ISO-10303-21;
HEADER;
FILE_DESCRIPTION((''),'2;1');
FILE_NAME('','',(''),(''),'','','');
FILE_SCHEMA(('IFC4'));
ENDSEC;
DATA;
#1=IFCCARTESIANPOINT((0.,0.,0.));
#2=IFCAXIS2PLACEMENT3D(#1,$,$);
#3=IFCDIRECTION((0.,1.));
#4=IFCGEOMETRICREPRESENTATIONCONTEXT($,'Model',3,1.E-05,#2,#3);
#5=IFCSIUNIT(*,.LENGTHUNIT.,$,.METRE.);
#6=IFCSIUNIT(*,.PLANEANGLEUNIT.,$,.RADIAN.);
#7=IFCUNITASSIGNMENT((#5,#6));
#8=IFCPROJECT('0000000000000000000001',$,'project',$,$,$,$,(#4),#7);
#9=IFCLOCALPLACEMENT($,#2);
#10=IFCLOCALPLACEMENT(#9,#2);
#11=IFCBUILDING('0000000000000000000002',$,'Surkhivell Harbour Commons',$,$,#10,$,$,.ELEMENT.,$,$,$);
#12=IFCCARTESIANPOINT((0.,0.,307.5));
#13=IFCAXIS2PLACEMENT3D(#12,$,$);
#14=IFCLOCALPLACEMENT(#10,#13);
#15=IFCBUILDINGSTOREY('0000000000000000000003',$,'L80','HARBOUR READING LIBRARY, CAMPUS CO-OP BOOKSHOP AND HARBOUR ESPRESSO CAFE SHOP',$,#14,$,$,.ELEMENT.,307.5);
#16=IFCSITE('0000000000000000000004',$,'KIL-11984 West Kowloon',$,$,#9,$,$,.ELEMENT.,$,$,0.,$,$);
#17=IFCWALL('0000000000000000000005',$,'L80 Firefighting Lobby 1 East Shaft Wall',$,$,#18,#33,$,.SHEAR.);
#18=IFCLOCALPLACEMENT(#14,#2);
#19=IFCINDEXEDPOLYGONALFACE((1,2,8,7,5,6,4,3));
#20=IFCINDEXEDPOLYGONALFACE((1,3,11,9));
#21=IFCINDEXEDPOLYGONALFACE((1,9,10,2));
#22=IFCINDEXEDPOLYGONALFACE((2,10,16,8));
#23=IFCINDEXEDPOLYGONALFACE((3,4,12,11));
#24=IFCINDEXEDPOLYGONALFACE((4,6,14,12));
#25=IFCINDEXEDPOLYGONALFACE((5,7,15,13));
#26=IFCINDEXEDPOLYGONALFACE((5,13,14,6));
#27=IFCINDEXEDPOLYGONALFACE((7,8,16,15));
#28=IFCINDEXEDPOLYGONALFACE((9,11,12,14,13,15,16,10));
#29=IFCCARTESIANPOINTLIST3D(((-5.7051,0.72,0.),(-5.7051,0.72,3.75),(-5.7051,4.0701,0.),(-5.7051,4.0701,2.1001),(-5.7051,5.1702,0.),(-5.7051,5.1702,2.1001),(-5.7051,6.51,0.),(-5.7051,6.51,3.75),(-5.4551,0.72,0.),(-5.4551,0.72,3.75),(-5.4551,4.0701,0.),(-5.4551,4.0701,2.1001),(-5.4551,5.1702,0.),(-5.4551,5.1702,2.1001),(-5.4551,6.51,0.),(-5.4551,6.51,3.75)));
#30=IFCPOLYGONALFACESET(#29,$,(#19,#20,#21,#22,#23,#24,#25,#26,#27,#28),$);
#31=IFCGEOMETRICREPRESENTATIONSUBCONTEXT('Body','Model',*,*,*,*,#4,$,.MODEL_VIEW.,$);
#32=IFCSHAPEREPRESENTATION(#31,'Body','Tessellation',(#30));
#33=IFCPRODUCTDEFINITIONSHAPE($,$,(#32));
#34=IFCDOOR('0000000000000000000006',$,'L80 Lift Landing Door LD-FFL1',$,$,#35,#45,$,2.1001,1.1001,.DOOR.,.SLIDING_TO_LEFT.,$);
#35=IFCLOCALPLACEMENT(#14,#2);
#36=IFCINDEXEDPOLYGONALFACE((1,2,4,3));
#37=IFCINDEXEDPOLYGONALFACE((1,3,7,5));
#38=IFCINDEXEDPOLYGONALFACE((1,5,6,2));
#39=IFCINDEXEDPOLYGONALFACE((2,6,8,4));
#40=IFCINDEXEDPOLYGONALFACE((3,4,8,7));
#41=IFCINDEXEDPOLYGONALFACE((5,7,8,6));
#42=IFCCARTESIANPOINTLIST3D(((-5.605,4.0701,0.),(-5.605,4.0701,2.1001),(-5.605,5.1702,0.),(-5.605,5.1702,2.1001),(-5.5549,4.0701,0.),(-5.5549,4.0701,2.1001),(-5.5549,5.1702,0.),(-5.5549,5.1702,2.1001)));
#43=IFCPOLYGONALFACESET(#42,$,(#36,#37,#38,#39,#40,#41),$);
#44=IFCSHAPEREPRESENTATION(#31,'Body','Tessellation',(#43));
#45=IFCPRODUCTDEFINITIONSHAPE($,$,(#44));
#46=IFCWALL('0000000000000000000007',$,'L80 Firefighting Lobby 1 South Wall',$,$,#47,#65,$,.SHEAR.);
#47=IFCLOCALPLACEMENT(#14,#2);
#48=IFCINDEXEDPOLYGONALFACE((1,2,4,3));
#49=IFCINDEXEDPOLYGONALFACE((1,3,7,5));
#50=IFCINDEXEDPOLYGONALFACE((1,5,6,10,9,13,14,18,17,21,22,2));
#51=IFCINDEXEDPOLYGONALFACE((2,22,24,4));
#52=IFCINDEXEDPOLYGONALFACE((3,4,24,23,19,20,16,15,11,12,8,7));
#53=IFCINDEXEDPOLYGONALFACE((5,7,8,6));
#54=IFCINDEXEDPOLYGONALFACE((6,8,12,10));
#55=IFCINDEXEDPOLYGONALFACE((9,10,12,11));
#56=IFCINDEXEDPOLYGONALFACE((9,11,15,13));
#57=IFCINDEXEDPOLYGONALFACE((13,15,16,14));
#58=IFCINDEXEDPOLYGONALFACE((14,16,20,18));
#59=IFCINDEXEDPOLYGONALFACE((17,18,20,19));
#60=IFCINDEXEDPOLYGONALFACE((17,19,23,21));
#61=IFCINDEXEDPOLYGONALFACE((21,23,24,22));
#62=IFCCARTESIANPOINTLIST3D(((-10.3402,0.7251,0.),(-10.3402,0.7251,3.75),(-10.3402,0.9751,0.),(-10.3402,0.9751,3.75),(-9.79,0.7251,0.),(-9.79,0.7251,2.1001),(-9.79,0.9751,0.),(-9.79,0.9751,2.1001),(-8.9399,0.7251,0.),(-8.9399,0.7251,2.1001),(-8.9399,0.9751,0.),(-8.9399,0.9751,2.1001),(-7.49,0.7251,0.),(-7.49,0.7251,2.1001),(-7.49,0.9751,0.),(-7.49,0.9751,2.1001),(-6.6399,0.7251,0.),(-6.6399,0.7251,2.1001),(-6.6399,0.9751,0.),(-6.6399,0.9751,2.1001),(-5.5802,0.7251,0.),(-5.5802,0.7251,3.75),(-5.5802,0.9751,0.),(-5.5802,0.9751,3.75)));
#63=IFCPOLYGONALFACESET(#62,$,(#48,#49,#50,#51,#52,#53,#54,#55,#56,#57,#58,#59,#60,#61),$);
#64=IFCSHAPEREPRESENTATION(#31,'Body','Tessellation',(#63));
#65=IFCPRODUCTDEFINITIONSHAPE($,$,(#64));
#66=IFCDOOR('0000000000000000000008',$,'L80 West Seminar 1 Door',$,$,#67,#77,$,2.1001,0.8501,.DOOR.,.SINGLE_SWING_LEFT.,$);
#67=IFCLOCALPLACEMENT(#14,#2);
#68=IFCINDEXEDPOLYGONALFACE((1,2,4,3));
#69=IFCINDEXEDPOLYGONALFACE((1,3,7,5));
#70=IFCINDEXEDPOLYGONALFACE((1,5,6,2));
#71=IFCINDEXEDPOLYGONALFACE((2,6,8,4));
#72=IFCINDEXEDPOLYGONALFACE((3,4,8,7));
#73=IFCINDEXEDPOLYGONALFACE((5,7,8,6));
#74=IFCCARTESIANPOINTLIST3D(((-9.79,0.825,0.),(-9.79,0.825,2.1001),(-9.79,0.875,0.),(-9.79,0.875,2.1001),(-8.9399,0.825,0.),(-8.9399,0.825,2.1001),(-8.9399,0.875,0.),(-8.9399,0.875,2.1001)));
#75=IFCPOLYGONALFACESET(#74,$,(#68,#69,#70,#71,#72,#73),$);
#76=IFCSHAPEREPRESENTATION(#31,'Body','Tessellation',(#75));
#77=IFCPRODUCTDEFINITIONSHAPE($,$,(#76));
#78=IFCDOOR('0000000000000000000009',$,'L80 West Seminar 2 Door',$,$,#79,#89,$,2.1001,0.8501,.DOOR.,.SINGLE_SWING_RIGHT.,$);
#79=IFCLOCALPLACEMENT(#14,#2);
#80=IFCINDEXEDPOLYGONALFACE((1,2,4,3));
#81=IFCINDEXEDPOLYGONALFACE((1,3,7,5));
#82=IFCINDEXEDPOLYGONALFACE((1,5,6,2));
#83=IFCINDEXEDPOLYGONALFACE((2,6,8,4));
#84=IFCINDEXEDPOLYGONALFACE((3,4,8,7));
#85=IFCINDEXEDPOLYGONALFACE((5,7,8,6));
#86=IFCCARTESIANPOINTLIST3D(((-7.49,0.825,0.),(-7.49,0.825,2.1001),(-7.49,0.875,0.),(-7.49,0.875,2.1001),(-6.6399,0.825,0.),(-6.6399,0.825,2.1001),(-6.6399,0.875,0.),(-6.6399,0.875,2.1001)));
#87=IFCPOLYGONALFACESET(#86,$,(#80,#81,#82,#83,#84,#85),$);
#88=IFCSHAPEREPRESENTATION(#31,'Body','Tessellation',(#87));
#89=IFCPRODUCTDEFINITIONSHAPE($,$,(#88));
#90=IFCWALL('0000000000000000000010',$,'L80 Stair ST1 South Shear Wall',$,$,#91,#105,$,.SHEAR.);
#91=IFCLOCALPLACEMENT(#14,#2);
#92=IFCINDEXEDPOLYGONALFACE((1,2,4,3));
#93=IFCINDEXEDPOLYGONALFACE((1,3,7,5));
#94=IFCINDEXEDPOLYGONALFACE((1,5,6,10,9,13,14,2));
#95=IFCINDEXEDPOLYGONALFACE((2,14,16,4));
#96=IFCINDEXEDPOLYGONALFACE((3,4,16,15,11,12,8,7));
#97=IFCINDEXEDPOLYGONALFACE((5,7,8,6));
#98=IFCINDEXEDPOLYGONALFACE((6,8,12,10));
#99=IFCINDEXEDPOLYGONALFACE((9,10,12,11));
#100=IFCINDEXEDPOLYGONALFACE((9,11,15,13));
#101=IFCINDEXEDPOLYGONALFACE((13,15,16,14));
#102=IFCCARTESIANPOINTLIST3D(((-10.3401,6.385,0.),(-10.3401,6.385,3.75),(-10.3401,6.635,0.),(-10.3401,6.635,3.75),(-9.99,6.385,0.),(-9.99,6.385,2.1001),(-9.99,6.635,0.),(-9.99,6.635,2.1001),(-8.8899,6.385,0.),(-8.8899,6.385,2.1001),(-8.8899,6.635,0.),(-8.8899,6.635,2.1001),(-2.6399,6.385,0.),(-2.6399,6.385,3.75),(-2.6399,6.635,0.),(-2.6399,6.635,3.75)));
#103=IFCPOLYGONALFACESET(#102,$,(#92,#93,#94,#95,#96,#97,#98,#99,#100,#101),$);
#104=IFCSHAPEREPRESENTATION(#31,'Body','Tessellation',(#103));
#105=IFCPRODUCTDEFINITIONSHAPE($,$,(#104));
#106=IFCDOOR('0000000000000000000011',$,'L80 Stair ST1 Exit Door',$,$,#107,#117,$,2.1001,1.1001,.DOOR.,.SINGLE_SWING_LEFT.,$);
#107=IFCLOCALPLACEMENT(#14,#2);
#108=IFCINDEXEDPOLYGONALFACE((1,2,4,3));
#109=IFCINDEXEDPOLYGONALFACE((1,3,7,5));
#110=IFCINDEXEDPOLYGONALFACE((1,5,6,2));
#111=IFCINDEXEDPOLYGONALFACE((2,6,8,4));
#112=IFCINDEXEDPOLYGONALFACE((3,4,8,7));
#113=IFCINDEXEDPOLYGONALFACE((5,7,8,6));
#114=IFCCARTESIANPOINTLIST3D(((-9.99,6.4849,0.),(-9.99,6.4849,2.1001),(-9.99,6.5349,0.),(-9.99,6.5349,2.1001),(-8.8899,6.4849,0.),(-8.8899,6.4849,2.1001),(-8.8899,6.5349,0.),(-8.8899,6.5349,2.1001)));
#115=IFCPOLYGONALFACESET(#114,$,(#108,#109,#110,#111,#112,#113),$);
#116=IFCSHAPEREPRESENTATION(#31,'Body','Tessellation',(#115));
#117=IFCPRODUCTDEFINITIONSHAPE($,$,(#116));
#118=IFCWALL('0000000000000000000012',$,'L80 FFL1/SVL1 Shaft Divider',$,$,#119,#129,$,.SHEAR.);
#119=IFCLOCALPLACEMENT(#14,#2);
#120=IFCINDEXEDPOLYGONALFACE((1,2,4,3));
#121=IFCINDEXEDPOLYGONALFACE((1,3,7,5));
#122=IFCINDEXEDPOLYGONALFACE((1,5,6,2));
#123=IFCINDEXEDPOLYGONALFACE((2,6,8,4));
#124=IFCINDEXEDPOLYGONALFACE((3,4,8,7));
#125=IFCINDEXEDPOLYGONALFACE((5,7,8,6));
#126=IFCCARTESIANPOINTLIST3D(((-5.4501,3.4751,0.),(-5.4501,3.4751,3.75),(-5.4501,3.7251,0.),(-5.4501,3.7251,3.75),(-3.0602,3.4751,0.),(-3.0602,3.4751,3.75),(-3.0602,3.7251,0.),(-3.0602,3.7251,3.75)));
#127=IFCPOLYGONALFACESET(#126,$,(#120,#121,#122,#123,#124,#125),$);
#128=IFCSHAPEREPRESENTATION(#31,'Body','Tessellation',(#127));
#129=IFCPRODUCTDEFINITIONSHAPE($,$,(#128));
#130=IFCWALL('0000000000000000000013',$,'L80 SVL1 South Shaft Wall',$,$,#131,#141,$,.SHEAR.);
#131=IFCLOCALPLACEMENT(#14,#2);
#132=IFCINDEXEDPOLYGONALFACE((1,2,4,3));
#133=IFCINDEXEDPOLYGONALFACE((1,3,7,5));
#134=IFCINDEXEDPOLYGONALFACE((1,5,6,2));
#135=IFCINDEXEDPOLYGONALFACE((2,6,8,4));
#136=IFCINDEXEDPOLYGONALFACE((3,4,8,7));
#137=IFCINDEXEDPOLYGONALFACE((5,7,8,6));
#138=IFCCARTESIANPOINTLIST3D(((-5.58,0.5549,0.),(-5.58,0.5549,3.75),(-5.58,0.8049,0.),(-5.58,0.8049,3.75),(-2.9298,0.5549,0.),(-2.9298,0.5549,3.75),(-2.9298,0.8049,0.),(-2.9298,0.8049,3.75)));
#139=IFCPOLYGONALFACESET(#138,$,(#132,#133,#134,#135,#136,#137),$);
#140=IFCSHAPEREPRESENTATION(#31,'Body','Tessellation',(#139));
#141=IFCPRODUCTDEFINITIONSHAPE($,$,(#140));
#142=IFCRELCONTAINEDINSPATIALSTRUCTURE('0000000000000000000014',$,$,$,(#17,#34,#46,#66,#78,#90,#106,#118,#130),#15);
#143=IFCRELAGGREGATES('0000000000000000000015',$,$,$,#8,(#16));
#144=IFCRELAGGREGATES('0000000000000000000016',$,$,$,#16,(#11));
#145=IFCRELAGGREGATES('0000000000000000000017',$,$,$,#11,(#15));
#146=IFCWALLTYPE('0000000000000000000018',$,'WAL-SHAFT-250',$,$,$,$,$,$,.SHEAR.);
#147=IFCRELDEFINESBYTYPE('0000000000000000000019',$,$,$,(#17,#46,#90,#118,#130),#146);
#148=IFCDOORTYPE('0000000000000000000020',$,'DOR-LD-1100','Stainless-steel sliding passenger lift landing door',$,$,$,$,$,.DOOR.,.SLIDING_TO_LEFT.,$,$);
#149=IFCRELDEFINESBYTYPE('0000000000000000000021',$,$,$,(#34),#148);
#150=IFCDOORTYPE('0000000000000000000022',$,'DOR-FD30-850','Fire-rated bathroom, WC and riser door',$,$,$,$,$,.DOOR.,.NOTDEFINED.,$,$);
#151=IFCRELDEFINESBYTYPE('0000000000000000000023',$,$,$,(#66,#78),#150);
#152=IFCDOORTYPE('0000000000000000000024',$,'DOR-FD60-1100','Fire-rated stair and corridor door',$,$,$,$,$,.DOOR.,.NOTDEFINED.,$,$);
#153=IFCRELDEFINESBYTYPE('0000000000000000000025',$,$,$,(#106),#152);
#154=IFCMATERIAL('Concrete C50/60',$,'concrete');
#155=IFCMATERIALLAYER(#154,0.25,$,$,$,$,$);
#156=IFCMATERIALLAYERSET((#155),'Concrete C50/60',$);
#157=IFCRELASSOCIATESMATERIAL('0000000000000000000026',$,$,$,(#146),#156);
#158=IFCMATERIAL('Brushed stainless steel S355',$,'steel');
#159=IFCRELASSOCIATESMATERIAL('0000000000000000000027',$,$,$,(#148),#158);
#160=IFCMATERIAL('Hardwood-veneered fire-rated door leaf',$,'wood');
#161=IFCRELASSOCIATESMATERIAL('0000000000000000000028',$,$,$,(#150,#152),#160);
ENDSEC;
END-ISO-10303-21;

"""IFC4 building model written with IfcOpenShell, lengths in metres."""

from ifc_helpers import new_model, si_unit, direction, frame, frame_2d, origin, place, context, subcontext, project, spatial, rectangle, extrude, material, layer, layer_set, type_object, element, fill, save


model = new_model("IFC4")

# Units and contexts
model_context = context("Model", 3, precision=1e-05, world=origin(), true_north=direction((0.0, 1.0)))
body_context = subcontext(model_context, "Body", "Model", "MODEL_VIEW")
ifc_project = project(units=[si_unit("LENGTHUNIT", "METRE"), si_unit("PLANEANGLEUNIT", "RADIAN")], contexts=[model_context])

# Site, building, storey
site_placement = place(None, origin())
site = spatial("IfcSite", under=ifc_project, at=site_placement, Name="KIL-11984 West Kowloon", CompositionType="ELEMENT", RefElevation=0.0)
building_placement = place(site_placement, origin())
building = spatial("IfcBuilding", under=site, at=building_placement, Name="Surkhivell Harbour Commons", CompositionType="ELEMENT")
storey_placement = place(building_placement, frame((0.0, 0.0, 307.5)))
storey = spatial("IfcBuildingStorey", under=building, at=storey_placement, Name="L80", Description="HARBOUR READING LIBRARY, CAMPUS CO-OP BOOKSHOP AND HARBOUR ESPRESSO CAFE SHOP", CompositionType="ELEMENT", Elevation=307.5)

# Shared definitions
ifc_material_1 = material(Name="Concrete C50/60", Category="concrete")

# Shared definitions
ifc_material_2 = material(Name="Hardwood-veneered fire-rated door leaf", Category="wood")

# Wall, opening, door
ifc_layer_1 = layer(ifc_material_1, 0.25)
ifc_layer_set_1 = layer_set([ifc_layer_1], Name="Concrete C50/60")
wall_type_1 = type_object("IfcWallType", Name="WAL-SHAFT-250", PredefinedType="SHEAR", material=ifc_layer_set_1)
wall_1_placement = place(storey_placement, frame((-5.5801, 0.72, 0.0), z_axis=(0.0, 0.0, 1.0), x_axis=(0.0, 1.0, 0.0)))
wall_1 = element("IfcWall", 1, at=wall_1_placement, inside=storey, type_object=wall_type_1, Name="L80 Firefighting Lobby 1 East Shaft Wall", PredefinedType="SHEAR", context=body_context, shape_type="SweptSolid", body=[
    extrude(rectangle(XDim=5.79, YDim=0.25, at=frame_2d((2.895, 0.0))), origin(), (0.0, 0.0, 1.0), 3.75),
])
opening_1_placement = place(wall_1_placement, frame((3.3501, 0.0, 0.0)))
opening_1 = element("IfcOpeningElement", 2, at=opening_1_placement, cuts=wall_1, PredefinedType="OPENING", context=body_context, shape_type="SweptSolid", body=[
    extrude(rectangle(XDim=1.1001, YDim=2.1001, at=frame_2d((0.55, 1.05))), frame((0.0, 0.135, 0.0), z_axis=(0.0, -1.0, 0.0), x_axis=(1.0, 0.0, 0.0)), (0.0, 0.0, 1.0), 0.27),
])
ifc_material_3 = material(Name="Brushed stainless steel S355", Category="steel")
door_type_1 = type_object("IfcDoorType", Name="DOR-LD-1100", Description="Stainless-steel sliding passenger lift landing door", OperationType="SLIDING_TO_LEFT", PredefinedType="DOOR", material=ifc_material_3)
door_1_placement = place(opening_1_placement, origin())
door_1 = element("IfcDoor", 3, at=door_1_placement, inside=storey, type_object=door_type_1, Name="L80 Lift Landing Door LD-FFL1", OperationType="SLIDING_TO_LEFT", OverallHeight=2.1001, OverallWidth=1.1001, PredefinedType="DOOR", context=body_context, shape_type="SweptSolid", body=[
    extrude(rectangle(XDim=1.1001, YDim=2.1001, at=frame_2d((0.55, 1.05))), frame((0.0, 0.0249, 0.0), z_axis=(0.0, -1.0, 0.0), x_axis=(1.0, 0.0, 0.0)), (0.0, 0.0, 1.0), 0.05),
])
fill(opening_1, door_1)

# Wall, openings, doors
wall_2_placement = place(storey_placement, frame((-10.3401, 0.8501, 0.0), z_axis=(0.0, 0.0, 1.0), x_axis=(1.0, 0.0, 0.0)))
wall_2 = element("IfcWall", 4, at=wall_2_placement, inside=storey, type_object=wall_type_1, Name="L80 Firefighting Lobby 1 South Wall", PredefinedType="SHEAR", context=body_context, shape_type="SweptSolid", body=[
    extrude(rectangle(XDim=4.76, YDim=0.25, at=frame_2d((2.3799, 0.0))), origin(), (0.0, 0.0, 1.0), 3.75),
])
opening_2_placement = place(wall_2_placement, frame((0.55, 0.0, 0.0)))
opening_2 = element("IfcOpeningElement", 5, at=opening_2_placement, cuts=wall_2, PredefinedType="OPENING", context=body_context, shape_type="SweptSolid", body=[
    extrude(rectangle(XDim=0.8501, YDim=2.1001, at=frame_2d((0.425, 1.05))), frame((0.0, 0.135, 0.0), z_axis=(0.0, -1.0, 0.0), x_axis=(1.0, 0.0, 0.0)), (0.0, 0.0, 1.0), 0.27),
])
opening_3_placement = place(wall_2_placement, frame((2.8501, 0.0, 0.0)))
opening_3 = element("IfcOpeningElement", 6, at=opening_3_placement, cuts=wall_2, PredefinedType="OPENING", context=body_context, shape_type="SweptSolid", body=[
    extrude(rectangle(XDim=0.8501, YDim=2.1001, at=frame_2d((0.425, 1.05))), frame((0.0, 0.135, 0.0), z_axis=(0.0, -1.0, 0.0), x_axis=(1.0, 0.0, 0.0)), (0.0, 0.0, 1.0), 0.27),
])
door_type_2 = type_object("IfcDoorType", Name="DOR-FD30-850", Description="Fire-rated bathroom, WC and riser door", OperationType="NOTDEFINED", PredefinedType="DOOR", material=ifc_material_2)
door_2_placement = place(opening_2_placement, origin())
door_2 = element("IfcDoor", 7, at=door_2_placement, inside=storey, type_object=door_type_2, Name="L80 West Seminar 1 Door", OperationType="SINGLE_SWING_LEFT", OverallHeight=2.1001, OverallWidth=0.8501, PredefinedType="DOOR", context=body_context, shape_type="SweptSolid", body=[
    extrude(rectangle(XDim=0.8501, YDim=2.1001, at=frame_2d((0.425, 1.05))), frame((0.0, 0.0249, 0.0), z_axis=(0.0, -1.0, 0.0), x_axis=(1.0, 0.0, 0.0)), (0.0, 0.0, 1.0), 0.05),
])
fill(opening_2, door_2)
door_3_placement = place(opening_3_placement, origin())
door_3 = element("IfcDoor", 8, at=door_3_placement, inside=storey, type_object=door_type_2, Name="L80 West Seminar 2 Door", OperationType="SINGLE_SWING_RIGHT", OverallHeight=2.1001, OverallWidth=0.8501, PredefinedType="DOOR", context=body_context, shape_type="SweptSolid", body=[
    extrude(rectangle(XDim=0.8501, YDim=2.1001, at=frame_2d((0.425, 1.05))), frame((0.0, 0.0249, 0.0), z_axis=(0.0, -1.0, 0.0), x_axis=(1.0, 0.0, 0.0)), (0.0, 0.0, 1.0), 0.05),
])
fill(opening_3, door_3)

# Wall, opening, door
wall_3_placement = place(storey_placement, frame((-10.3401, 6.51, 0.0), z_axis=(0.0, 0.0, 1.0), x_axis=(1.0, 0.0, 0.0)))
wall_3 = element("IfcWall", 9, at=wall_3_placement, inside=storey, type_object=wall_type_1, Name="L80 Stair ST1 South Shear Wall", PredefinedType="SHEAR", context=body_context, shape_type="SweptSolid", body=[
    extrude(rectangle(XDim=7.7002, YDim=0.25, at=frame_2d((3.8501, 0.0))), origin(), (0.0, 0.0, 1.0), 3.75),
])
opening_4_placement = place(wall_3_placement, frame((0.3501, 0.0, 0.0)))
opening_4 = element("IfcOpeningElement", 10, at=opening_4_placement, cuts=wall_3, PredefinedType="OPENING", context=body_context, shape_type="SweptSolid", body=[
    extrude(rectangle(XDim=1.1001, YDim=2.1001, at=frame_2d((0.55, 1.05))), frame((0.0, 0.135, 0.0), z_axis=(0.0, -1.0, 0.0), x_axis=(1.0, 0.0, 0.0)), (0.0, 0.0, 1.0), 0.27),
])
door_type_3 = type_object("IfcDoorType", Name="DOR-FD60-1100", Description="Fire-rated stair and corridor door", OperationType="NOTDEFINED", PredefinedType="DOOR", material=ifc_material_2)
door_4_placement = place(opening_4_placement, origin())
door_4 = element("IfcDoor", 11, at=door_4_placement, inside=storey, type_object=door_type_3, Name="L80 Stair ST1 Exit Door", OperationType="SINGLE_SWING_LEFT", OverallHeight=2.1001, OverallWidth=1.1001, PredefinedType="DOOR", context=body_context, shape_type="SweptSolid", body=[
    extrude(rectangle(XDim=1.1001, YDim=2.1001, at=frame_2d((0.55, 1.05))), frame((0.0, 0.0249, 0.0), z_axis=(0.0, -1.0, 0.0), x_axis=(1.0, 0.0, 0.0)), (0.0, 0.0, 1.0), 0.05),
])
fill(opening_4, door_4)

# Walls
wall_4_placement = place(storey_placement, frame((-5.45, 3.6001, 0.0), z_axis=(0.0, 0.0, 1.0), x_axis=(1.0, 0.0, 0.0)))
element("IfcWall", 12, at=wall_4_placement, inside=storey, type_object=wall_type_1, Name="L80 FFL1/SVL1 Shaft Divider", PredefinedType="SHEAR", context=body_context, shape_type="SweptSolid", body=[
    extrude(rectangle(XDim=2.3899, YDim=0.25, at=frame_2d((1.1948, 0.0))), origin(), (0.0, 0.0, 1.0), 3.75),
])
wall_5_placement = place(storey_placement, frame((-5.5801, 0.6799, 0.0), z_axis=(0.0, 0.0, 1.0), x_axis=(1.0, 0.0, 0.0)))
element("IfcWall", 13, at=wall_5_placement, inside=storey, type_object=wall_type_1, Name="L80 SVL1 South Shaft Wall", PredefinedType="SHEAR", context=body_context, shape_type="SweptSolid", body=[
    extrude(rectangle(XDim=2.6501, YDim=0.25, at=frame_2d((1.3252, 0.0))), origin(), (0.0, 0.0, 1.0), 3.75),
])

save(model, "model.ifc")
